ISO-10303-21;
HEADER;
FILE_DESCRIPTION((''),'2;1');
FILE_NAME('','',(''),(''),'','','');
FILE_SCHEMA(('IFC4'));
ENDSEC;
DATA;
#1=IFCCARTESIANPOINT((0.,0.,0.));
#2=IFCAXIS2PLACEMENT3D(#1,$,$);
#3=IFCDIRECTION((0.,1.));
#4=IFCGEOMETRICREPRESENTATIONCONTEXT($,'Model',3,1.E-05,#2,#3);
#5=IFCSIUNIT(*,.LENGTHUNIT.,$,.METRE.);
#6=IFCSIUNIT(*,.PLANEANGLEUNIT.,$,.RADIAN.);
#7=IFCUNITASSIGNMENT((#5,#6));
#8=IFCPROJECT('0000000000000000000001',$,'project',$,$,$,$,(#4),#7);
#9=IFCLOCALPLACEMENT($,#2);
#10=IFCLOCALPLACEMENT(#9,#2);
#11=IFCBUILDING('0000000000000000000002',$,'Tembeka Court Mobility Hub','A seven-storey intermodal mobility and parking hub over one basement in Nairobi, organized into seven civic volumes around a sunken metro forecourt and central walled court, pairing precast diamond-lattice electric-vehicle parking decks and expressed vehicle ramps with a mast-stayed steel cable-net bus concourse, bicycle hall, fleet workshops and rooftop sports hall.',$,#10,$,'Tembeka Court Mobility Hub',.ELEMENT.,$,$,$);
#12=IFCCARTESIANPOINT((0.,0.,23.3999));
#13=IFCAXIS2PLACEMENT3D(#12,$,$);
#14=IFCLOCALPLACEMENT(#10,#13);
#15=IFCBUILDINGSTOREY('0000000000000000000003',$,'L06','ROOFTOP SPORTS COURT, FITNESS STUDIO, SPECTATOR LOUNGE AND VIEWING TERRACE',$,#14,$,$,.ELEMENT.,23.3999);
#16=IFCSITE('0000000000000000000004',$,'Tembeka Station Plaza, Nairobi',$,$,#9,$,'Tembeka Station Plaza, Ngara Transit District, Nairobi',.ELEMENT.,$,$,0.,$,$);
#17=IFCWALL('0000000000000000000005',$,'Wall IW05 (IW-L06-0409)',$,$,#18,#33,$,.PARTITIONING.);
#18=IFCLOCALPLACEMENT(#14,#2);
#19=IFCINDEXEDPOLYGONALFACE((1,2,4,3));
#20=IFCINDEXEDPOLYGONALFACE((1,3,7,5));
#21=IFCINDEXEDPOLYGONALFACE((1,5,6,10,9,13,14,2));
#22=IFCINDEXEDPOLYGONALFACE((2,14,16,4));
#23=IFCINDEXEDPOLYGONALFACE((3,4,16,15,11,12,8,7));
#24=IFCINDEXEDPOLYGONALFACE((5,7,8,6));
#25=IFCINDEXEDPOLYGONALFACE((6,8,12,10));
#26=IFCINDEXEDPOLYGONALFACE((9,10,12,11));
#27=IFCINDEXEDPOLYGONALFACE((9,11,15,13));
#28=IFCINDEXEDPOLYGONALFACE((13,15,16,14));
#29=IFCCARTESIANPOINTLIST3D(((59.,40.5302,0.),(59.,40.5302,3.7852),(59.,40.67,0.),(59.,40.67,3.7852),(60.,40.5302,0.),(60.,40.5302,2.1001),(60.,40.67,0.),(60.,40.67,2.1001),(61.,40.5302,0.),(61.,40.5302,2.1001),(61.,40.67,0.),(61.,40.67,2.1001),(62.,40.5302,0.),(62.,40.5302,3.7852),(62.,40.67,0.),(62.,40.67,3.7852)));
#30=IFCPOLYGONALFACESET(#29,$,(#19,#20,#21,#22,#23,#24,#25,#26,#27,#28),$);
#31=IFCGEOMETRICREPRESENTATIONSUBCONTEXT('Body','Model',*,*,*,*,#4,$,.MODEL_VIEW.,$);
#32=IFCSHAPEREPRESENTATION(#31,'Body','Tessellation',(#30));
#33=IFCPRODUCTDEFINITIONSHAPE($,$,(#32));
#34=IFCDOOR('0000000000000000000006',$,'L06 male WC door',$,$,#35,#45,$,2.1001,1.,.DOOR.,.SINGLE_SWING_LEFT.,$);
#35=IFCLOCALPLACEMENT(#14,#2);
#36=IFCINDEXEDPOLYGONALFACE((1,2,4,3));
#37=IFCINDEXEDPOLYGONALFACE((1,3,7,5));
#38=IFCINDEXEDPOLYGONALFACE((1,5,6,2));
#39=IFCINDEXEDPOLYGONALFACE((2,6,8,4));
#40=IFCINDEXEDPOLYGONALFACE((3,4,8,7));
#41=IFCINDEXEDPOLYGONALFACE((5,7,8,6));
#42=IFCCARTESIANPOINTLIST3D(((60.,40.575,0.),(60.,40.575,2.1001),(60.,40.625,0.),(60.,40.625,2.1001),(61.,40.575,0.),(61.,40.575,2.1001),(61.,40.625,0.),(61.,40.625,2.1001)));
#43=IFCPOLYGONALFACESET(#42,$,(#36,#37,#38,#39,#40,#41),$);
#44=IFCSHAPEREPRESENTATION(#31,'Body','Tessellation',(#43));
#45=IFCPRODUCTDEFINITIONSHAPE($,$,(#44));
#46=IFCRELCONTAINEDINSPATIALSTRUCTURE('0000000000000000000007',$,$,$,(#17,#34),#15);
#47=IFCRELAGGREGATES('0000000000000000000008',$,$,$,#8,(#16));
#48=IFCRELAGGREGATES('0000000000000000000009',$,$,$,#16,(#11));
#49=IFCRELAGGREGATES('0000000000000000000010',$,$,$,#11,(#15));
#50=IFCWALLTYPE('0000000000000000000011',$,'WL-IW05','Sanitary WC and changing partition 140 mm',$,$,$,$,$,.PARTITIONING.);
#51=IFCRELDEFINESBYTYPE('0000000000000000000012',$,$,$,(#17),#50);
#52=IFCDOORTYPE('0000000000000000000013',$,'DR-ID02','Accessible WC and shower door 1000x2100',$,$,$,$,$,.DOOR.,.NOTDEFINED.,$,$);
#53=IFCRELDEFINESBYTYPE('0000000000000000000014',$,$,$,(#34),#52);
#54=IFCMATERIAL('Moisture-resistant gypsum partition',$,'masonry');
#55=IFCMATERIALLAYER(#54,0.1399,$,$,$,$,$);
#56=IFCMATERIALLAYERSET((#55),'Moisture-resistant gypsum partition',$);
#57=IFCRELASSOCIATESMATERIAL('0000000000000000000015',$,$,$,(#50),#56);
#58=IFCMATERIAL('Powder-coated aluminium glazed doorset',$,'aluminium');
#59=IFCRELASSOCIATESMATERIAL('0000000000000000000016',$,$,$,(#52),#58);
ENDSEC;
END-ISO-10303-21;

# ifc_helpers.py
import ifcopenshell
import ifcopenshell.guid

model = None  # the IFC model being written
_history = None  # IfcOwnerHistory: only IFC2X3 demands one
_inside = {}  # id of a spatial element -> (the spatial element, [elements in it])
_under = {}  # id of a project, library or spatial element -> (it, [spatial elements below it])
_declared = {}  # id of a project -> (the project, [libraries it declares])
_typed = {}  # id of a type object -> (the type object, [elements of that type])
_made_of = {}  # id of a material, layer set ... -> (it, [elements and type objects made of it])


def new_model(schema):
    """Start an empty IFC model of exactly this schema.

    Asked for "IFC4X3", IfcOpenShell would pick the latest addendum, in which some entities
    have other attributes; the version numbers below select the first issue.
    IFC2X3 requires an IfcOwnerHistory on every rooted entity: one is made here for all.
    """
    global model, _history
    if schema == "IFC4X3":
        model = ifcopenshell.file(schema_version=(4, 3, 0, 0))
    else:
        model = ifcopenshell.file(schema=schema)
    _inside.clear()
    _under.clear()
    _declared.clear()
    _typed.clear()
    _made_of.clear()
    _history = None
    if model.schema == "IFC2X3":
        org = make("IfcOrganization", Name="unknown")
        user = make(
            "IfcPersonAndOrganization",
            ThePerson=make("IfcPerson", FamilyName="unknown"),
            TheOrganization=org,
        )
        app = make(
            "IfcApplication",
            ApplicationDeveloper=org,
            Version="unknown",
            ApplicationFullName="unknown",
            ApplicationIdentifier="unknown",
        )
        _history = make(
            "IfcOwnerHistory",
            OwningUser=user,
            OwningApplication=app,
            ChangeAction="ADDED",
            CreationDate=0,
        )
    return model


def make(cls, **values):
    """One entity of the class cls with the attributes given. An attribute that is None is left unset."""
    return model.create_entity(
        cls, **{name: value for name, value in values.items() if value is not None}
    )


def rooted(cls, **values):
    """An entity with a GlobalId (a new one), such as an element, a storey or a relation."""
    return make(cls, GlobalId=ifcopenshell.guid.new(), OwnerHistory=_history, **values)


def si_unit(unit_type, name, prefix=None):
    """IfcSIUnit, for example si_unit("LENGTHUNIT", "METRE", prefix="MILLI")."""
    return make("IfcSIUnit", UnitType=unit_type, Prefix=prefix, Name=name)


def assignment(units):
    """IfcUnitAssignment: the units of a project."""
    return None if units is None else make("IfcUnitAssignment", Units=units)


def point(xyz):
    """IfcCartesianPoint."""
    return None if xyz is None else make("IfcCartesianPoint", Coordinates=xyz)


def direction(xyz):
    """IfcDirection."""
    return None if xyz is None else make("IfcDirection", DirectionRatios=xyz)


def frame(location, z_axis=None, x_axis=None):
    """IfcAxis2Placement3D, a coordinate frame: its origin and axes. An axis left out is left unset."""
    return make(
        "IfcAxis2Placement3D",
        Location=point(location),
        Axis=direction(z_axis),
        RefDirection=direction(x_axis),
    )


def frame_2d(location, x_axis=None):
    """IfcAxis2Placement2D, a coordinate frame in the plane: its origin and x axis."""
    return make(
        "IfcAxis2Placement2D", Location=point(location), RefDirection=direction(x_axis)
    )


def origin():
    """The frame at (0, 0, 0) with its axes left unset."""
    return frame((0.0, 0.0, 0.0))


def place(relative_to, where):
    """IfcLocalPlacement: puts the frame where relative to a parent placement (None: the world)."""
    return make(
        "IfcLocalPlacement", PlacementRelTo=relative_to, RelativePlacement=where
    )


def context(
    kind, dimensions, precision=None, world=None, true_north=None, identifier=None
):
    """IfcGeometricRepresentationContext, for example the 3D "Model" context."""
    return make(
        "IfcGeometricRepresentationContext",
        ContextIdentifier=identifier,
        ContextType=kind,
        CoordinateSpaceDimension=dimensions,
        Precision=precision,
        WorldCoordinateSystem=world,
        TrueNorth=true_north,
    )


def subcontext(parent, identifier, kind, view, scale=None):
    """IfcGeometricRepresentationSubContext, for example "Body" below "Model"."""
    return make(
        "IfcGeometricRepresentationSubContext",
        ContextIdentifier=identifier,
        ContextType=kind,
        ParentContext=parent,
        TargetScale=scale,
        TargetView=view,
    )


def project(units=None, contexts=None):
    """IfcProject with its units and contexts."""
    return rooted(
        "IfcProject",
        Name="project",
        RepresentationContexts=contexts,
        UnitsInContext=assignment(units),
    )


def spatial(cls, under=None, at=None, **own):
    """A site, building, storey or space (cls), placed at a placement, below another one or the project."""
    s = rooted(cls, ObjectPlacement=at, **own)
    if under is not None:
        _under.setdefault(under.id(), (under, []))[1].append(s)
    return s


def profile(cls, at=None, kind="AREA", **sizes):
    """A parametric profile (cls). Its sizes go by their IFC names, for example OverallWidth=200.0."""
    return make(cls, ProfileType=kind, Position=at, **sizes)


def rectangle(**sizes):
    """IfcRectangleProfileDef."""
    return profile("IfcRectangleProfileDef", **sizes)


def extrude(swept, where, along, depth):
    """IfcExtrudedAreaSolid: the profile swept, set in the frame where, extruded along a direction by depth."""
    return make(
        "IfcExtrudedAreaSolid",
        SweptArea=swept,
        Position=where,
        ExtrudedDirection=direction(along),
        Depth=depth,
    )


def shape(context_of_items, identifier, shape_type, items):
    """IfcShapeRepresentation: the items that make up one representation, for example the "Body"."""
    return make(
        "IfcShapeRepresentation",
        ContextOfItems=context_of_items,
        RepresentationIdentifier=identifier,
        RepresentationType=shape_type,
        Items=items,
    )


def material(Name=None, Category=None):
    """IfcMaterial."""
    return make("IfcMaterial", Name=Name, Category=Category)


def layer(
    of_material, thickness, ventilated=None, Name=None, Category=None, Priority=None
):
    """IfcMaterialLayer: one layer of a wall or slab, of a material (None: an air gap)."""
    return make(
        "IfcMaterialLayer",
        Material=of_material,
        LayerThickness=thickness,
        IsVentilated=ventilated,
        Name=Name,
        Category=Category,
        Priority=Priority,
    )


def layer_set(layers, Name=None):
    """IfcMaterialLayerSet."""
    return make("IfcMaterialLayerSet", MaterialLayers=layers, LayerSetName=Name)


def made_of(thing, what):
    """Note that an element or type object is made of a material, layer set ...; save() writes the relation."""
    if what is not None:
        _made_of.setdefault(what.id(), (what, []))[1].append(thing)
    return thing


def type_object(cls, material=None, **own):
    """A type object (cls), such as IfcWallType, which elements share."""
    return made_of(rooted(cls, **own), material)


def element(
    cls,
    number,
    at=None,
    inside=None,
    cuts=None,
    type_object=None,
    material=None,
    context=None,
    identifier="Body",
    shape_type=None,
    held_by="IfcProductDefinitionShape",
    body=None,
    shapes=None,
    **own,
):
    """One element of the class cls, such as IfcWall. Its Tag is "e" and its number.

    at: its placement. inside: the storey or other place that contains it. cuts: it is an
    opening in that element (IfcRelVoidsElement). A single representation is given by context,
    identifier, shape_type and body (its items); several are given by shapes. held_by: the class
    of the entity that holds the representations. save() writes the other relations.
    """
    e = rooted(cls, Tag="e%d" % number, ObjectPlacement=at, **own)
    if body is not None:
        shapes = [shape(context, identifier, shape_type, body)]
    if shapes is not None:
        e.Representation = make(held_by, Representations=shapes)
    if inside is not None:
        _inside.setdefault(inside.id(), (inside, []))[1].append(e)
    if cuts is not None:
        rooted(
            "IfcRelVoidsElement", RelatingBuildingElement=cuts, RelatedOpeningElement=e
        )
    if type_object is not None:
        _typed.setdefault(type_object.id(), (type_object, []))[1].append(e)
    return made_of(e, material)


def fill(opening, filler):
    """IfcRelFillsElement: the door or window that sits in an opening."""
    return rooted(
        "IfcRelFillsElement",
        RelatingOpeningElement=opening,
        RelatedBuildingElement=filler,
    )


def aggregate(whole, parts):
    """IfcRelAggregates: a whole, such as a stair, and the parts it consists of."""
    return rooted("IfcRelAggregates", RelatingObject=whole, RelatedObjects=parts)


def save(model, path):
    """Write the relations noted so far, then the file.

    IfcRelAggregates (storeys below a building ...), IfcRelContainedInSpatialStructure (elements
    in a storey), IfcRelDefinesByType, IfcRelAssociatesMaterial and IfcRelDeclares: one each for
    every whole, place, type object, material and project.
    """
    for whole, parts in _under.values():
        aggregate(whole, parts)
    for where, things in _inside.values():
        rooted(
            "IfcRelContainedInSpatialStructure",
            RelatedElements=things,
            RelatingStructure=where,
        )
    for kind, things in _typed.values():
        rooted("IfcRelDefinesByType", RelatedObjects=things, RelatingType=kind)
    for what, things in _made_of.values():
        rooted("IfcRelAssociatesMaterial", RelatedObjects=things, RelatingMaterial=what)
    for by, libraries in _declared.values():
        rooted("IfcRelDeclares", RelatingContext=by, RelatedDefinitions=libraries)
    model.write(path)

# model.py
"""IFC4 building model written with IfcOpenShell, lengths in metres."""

from ifc_helpers import new_model, si_unit, direction, frame, frame_2d, origin, place, context, subcontext, project, spatial, rectangle, extrude, material, layer, layer_set, type_object, element, fill, save


model = new_model("IFC4")

# Units and contexts
model_context = context("Model", 3, precision=1e-05, world=origin(), true_north=direction((0.0, 1.0)))
body_context = subcontext(model_context, "Body", "Model", "MODEL_VIEW")
ifc_project = project(units=[si_unit("LENGTHUNIT", "METRE"), si_unit("PLANEANGLEUNIT", "RADIAN")], contexts=[model_context])

# Site, building, storey
site_placement = place(None, origin())
site = spatial("IfcSite", under=ifc_project, at=site_placement, Name="Tembeka Station Plaza, Nairobi", LongName="Tembeka Station Plaza, Ngara Transit District, Nairobi", CompositionType="ELEMENT", RefElevation=0.0)
building_placement = place(site_placement, origin())
building = spatial("IfcBuilding", under=site, at=building_placement, Name="Tembeka Court Mobility Hub", Description="A seven-storey intermodal mobility and parking hub over one basement in Nairobi, organized into seven civic volumes around a sunken metro forecourt and central walled court, pairing precast diamond-lattice electric-vehicle parking decks and expressed vehicle ramps with a mast-stayed steel cable-net bus concourse, bicycle hall, fleet workshops and rooftop sports hall.", LongName="Tembeka Court Mobility Hub", CompositionType="ELEMENT")
storey_placement = place(building_placement, frame((0.0, 0.0, 23.3999)))
storey = spatial("IfcBuildingStorey", under=building, at=storey_placement, Name="L06", Description="ROOFTOP SPORTS COURT, FITNESS STUDIO, SPECTATOR LOUNGE AND VIEWING TERRACE", CompositionType="ELEMENT", Elevation=23.3999)

# Wall, opening, door
ifc_material_1 = material(Name="Moisture-resistant gypsum partition", Category="masonry")
ifc_layer_1 = layer(ifc_material_1, 0.1399)
ifc_layer_set_1 = layer_set([ifc_layer_1], Name="Moisture-resistant gypsum partition")
wall_type_1 = type_object("IfcWallType", Name="WL-IW05", Description="Sanitary WC and changing partition 140 mm", PredefinedType="PARTITIONING", material=ifc_layer_set_1)
wall_1_placement = place(storey_placement, frame((59.0, 40.6001, 0.0), z_axis=(0.0, 0.0, 1.0), x_axis=(1.0, 0.0, 0.0)))
wall_1 = element("IfcWall", 1, at=wall_1_placement, inside=storey, type_object=wall_type_1, Name="Wall IW05 (IW-L06-0409)", PredefinedType="PARTITIONING", context=body_context, shape_type="SweptSolid", body=[
    extrude(rectangle(XDim=3.0, YDim=0.1399, at=frame_2d((1.5, 0.0))), origin(), (0.0, 0.0, 1.0), 3.7852),
])
opening_1_placement = place(wall_1_placement, frame((1.0, 0.0, 0.0)))
opening_1 = element("IfcOpeningElement", 2, at=opening_1_placement, cuts=wall_1, PredefinedType="OPENING", context=body_context, shape_type="SweptSolid", body=[
    extrude(rectangle(XDim=1.0, YDim=2.1001, at=frame_2d((0.5, 1.05))), frame((0.0, 0.0801, 0.0), z_axis=(0.0, -1.0, 0.0), x_axis=(1.0, 0.0, 0.0)), (0.0, 0.0, 1.0), 0.1599),
])
ifc_material_2 = material(Name="Powder-coated aluminium glazed doorset", Category="aluminium")
door_type_1 = type_object("IfcDoorType", Name="DR-ID02", Description="Accessible WC and shower door 1000x2100", OperationType="NOTDEFINED", PredefinedType="DOOR", material=ifc_material_2)
door_1_placement = place(opening_1_placement, origin())
door_1 = element("IfcDoor", 3, at=door_1_placement, inside=storey, type_object=door_type_1, Name="L06 male WC door", OperationType="SINGLE_SWING_LEFT", OverallHeight=2.1001, OverallWidth=1.0, PredefinedType="DOOR", context=body_context, shape_type="SweptSolid", body=[
    extrude(rectangle(XDim=1.0, YDim=2.1001, at=frame_2d((0.5, 1.05))), frame((0.0, 0.0249, 0.0), z_axis=(0.0, -1.0, 0.0), x_axis=(1.0, 0.0, 0.0)), (0.0, 0.0, 1.0), 0.05),
])
fill(opening_1, door_1)

save(model, "model.ifc")
